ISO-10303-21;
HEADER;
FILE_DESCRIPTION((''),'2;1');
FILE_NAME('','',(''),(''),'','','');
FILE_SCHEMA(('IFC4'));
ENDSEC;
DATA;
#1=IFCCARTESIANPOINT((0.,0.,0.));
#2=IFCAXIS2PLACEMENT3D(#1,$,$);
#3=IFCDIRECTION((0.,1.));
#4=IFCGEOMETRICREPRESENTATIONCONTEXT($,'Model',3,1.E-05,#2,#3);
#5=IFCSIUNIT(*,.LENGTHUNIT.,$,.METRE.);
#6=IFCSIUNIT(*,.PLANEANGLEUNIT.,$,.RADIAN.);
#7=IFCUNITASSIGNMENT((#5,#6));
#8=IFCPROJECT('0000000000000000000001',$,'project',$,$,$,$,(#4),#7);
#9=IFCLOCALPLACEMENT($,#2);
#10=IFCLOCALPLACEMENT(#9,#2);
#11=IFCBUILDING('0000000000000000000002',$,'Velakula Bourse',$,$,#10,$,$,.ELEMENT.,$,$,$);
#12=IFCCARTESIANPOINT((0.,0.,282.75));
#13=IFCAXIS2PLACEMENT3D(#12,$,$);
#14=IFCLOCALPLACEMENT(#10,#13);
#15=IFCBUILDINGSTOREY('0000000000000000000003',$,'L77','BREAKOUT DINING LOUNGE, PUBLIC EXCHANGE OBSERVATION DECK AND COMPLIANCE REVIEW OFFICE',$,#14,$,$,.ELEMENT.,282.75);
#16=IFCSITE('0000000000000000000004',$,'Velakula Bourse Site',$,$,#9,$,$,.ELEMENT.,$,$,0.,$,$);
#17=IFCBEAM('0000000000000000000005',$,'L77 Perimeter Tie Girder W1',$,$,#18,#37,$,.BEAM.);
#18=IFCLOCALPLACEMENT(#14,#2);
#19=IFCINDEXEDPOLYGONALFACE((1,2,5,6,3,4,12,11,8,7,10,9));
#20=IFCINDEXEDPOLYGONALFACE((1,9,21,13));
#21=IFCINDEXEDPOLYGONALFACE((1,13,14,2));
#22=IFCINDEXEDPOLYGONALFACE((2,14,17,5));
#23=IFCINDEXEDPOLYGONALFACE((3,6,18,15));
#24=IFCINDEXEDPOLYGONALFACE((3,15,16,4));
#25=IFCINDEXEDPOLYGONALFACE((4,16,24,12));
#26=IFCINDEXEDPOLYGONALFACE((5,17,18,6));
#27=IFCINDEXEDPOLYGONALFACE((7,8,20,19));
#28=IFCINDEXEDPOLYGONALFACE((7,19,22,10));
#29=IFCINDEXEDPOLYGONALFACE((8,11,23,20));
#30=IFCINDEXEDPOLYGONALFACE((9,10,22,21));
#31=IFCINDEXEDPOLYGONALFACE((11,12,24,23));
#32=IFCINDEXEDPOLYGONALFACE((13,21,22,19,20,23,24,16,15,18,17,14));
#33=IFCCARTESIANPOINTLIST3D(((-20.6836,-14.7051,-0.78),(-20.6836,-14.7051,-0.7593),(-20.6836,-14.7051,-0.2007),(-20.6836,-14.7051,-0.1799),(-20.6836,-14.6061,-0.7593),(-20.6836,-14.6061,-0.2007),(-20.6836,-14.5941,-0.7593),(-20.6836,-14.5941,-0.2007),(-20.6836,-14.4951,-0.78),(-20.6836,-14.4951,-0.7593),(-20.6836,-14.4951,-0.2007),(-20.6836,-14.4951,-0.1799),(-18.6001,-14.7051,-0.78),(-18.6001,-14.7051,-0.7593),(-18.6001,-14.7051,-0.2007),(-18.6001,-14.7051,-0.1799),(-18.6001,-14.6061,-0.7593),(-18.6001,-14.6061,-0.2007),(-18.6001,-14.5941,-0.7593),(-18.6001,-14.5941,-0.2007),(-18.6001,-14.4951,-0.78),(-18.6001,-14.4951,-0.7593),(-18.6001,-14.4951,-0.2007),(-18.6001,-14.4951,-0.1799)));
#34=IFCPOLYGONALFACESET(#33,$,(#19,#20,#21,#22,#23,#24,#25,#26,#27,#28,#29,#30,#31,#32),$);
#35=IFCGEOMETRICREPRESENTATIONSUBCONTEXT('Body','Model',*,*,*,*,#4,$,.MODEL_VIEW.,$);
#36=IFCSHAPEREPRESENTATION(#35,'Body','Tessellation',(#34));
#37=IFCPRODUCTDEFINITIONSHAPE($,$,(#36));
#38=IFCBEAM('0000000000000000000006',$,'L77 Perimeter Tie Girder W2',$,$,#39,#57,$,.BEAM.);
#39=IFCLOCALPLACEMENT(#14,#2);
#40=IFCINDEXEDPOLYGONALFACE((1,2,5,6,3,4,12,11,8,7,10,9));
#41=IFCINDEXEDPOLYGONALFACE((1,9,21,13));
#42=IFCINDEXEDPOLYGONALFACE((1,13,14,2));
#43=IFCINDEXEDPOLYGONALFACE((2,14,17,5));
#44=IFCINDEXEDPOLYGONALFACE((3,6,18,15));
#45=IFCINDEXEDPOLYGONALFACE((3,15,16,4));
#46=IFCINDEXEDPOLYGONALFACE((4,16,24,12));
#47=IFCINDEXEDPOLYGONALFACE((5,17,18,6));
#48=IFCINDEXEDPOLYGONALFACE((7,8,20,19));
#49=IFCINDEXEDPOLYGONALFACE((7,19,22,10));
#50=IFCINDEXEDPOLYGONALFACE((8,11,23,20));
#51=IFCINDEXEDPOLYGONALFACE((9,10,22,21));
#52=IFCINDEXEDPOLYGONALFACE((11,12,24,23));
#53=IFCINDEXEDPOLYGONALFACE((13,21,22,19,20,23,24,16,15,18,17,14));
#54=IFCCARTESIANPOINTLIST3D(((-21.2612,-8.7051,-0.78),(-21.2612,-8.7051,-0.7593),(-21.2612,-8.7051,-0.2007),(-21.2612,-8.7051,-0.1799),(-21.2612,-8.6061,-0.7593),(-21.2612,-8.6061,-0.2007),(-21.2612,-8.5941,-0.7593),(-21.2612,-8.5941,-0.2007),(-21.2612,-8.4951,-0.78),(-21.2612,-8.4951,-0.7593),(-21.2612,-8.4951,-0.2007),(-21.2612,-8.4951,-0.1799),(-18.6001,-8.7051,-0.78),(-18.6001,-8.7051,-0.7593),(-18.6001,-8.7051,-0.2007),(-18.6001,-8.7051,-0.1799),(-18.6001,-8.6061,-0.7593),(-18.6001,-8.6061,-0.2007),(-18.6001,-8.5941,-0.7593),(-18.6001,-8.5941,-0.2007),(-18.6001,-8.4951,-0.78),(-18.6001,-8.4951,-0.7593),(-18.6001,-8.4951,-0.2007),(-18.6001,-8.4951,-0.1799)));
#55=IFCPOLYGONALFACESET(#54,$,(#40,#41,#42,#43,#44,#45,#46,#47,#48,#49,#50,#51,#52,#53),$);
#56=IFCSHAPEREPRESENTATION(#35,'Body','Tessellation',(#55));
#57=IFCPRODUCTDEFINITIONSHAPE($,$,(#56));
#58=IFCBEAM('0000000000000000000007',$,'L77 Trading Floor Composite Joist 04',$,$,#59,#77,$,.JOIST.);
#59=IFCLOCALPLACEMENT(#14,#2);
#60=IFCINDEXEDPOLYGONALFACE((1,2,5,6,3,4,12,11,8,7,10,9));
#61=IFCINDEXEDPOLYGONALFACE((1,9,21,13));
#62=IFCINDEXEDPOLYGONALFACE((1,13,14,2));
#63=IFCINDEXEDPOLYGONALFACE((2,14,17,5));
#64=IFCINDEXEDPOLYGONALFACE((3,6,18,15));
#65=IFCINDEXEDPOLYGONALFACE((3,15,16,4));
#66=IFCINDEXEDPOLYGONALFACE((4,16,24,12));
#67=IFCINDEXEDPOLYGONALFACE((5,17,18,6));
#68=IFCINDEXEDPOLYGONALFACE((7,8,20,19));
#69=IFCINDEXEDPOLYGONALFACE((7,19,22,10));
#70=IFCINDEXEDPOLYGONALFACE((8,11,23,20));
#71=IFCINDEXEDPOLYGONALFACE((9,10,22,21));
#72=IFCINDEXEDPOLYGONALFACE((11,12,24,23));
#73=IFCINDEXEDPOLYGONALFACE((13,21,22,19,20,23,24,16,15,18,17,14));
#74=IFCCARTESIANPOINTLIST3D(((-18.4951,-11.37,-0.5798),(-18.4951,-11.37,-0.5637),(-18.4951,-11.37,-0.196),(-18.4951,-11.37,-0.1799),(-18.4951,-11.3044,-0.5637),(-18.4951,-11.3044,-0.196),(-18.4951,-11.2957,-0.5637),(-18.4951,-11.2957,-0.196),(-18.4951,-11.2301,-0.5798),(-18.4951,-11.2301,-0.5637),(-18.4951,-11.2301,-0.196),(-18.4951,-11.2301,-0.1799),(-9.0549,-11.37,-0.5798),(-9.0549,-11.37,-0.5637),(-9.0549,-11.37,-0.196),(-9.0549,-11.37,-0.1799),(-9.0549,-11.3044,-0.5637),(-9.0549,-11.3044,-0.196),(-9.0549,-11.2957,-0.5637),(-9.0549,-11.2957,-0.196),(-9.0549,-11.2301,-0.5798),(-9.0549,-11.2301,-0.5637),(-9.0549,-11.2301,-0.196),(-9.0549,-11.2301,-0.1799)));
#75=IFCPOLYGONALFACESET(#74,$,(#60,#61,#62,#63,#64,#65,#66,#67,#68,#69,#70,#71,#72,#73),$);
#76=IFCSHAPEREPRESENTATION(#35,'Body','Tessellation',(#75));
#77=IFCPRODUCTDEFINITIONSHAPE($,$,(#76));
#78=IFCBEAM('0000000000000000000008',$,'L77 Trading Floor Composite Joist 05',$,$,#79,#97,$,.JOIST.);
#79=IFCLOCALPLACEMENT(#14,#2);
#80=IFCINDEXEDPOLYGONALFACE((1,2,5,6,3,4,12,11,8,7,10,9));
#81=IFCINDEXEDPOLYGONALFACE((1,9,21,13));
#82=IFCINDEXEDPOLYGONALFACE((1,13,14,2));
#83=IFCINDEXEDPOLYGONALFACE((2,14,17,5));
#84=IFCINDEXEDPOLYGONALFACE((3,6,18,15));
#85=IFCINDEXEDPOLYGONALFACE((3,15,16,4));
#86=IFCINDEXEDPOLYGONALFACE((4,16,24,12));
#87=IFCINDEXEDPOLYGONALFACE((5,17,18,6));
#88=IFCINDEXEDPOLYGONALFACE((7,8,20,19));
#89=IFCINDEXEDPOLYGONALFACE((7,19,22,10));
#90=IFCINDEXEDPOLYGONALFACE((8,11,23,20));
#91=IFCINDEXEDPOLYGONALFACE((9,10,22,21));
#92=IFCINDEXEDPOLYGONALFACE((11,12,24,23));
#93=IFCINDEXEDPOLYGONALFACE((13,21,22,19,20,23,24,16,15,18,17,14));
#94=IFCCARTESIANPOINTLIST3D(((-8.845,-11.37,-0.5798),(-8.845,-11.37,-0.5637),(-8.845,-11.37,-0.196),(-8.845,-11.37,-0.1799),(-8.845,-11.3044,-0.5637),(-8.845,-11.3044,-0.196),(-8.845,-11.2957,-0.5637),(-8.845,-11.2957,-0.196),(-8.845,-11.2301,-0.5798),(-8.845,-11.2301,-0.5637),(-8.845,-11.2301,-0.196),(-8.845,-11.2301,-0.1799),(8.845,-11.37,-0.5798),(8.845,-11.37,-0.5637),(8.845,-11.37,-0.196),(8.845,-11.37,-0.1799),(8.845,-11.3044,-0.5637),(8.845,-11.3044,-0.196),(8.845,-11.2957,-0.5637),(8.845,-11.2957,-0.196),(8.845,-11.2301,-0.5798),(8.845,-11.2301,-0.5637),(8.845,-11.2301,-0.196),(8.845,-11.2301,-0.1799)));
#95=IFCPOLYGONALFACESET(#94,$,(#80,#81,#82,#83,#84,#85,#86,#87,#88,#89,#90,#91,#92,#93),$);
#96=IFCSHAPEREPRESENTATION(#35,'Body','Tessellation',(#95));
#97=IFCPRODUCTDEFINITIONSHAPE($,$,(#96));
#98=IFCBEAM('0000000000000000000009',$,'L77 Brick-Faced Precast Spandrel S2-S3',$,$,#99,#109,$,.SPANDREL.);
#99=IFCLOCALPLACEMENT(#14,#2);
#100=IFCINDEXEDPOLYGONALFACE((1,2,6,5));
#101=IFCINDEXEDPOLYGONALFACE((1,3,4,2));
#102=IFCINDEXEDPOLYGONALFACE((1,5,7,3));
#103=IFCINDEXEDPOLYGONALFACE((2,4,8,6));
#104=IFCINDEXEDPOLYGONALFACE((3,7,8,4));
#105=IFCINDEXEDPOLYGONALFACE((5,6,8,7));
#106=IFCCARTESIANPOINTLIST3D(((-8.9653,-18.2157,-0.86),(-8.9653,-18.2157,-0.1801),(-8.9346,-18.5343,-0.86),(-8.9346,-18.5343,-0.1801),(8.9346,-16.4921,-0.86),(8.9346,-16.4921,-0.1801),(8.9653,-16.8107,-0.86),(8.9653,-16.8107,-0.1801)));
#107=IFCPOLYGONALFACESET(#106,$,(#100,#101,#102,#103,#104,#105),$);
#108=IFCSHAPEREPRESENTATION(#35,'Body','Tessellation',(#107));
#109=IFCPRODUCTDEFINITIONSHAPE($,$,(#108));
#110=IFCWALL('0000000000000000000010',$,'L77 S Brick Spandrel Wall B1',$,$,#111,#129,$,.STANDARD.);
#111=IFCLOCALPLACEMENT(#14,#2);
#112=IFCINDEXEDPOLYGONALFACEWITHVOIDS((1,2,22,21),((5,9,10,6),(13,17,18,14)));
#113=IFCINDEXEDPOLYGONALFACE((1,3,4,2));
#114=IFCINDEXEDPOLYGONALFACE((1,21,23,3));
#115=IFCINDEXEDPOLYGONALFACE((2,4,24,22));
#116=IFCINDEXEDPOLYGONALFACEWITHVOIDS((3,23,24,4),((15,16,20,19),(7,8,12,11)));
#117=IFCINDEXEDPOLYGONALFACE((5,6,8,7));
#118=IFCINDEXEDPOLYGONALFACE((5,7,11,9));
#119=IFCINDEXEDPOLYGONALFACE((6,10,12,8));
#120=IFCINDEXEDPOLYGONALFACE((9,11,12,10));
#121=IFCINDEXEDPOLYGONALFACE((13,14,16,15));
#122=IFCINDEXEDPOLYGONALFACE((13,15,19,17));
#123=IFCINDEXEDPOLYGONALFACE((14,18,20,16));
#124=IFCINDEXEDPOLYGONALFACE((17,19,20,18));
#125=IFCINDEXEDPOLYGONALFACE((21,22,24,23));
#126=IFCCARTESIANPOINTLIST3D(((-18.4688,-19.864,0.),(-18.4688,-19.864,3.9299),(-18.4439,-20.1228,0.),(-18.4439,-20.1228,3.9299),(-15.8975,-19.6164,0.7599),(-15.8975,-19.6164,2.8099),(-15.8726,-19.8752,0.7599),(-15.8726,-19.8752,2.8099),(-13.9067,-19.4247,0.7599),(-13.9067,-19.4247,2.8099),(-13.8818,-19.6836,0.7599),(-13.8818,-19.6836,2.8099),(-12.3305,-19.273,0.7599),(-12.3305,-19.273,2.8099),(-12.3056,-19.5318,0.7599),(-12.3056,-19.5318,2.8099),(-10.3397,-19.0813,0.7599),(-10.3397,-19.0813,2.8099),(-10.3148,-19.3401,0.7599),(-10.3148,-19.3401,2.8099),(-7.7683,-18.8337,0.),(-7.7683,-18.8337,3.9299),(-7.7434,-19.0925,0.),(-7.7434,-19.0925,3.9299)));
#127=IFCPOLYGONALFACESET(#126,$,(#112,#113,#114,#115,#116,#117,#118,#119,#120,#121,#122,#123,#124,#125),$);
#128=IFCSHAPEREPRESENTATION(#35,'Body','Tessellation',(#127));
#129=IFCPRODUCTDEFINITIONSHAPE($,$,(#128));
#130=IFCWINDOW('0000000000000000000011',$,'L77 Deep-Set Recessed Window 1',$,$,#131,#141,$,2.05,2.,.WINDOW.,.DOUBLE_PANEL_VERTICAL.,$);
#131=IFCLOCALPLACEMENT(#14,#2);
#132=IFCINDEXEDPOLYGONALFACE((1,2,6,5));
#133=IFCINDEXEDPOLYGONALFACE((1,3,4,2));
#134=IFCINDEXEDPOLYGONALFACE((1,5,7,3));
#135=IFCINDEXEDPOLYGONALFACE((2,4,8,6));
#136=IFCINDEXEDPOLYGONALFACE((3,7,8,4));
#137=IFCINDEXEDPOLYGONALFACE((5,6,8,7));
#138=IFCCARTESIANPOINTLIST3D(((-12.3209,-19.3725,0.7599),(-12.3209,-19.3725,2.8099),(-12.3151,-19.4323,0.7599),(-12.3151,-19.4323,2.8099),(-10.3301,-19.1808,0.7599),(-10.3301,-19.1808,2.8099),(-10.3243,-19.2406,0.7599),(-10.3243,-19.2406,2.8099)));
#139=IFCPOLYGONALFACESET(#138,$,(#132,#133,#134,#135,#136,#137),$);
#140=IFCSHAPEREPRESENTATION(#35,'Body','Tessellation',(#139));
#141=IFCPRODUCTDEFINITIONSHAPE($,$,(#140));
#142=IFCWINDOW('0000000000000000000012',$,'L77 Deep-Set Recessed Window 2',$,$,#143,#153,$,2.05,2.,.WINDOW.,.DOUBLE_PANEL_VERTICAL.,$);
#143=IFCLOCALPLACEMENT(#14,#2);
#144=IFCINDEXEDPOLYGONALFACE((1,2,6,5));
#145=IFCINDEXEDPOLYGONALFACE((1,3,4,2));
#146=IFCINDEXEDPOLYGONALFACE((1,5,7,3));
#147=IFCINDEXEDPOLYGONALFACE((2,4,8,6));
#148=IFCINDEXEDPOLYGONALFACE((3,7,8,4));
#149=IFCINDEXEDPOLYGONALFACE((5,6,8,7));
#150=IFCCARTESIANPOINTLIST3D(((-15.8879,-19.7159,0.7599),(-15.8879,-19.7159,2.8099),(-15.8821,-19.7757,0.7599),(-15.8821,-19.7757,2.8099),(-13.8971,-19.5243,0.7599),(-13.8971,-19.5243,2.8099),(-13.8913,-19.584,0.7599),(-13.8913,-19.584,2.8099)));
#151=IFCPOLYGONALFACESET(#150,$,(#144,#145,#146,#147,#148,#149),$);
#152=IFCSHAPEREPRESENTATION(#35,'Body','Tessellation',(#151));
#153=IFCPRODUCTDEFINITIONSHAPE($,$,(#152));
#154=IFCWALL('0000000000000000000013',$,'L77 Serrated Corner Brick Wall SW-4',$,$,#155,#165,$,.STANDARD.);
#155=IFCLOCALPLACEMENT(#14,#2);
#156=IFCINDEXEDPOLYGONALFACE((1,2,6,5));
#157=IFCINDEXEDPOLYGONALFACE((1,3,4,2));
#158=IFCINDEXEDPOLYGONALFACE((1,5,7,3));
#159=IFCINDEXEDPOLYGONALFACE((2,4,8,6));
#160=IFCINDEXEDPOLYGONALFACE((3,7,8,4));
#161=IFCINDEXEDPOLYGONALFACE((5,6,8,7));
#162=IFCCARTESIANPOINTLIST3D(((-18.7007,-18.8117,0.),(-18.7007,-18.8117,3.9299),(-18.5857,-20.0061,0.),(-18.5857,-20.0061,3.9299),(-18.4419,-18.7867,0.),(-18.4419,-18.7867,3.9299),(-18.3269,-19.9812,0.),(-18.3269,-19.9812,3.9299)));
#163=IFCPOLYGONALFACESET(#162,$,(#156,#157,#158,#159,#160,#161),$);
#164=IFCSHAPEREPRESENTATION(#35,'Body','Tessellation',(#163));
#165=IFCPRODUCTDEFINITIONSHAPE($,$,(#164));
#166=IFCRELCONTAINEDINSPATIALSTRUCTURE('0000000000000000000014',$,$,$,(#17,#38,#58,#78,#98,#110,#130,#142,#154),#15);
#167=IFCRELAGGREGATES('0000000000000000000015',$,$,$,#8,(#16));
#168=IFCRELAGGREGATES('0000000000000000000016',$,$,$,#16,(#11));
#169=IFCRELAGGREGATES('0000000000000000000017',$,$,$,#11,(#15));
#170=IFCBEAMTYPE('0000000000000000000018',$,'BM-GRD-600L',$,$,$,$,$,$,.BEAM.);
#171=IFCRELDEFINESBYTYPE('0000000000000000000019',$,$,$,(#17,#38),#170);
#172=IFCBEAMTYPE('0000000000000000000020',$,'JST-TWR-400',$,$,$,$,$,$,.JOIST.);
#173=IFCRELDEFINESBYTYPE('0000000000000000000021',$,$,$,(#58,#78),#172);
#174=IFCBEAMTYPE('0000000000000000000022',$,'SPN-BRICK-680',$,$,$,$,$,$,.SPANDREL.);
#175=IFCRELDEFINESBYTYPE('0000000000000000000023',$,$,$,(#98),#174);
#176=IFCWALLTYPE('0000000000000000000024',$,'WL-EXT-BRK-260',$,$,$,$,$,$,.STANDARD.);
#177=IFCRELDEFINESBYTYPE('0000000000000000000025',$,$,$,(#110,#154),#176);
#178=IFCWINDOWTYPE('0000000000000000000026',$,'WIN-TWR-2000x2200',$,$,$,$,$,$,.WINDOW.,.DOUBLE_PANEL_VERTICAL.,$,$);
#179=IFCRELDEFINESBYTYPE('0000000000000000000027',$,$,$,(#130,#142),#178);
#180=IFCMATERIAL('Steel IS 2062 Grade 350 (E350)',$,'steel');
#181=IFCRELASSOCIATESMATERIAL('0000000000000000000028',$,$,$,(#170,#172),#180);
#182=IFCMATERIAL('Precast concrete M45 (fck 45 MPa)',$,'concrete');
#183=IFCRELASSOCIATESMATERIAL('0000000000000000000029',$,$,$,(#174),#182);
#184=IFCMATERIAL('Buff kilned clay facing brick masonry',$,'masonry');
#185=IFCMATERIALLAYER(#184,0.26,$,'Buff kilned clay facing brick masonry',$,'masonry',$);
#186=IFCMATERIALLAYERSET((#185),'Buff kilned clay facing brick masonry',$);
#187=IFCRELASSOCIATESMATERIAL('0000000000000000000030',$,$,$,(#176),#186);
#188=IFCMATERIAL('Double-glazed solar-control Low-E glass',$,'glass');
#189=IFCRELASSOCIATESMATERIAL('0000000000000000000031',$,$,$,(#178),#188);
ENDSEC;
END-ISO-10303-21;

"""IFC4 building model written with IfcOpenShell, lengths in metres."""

from ifc_helpers import new_model, si_unit, direction, frame, frame_2d, origin, origin_2d, place, context, subcontext, project, spatial, rectangle, i_section, extrude, material, layer, layer_set, material_profile, profile_set, type_object, element, fill, save


model = new_model("IFC4")

# Units and contexts
model_context = context("Model", 3, precision=1e-05, world=origin(), true_north=direction((0.0, 1.0)))
body_context = subcontext(model_context, "Body", "Model", "MODEL_VIEW")
ifc_project = project(units=[si_unit("LENGTHUNIT", "METRE"), si_unit("PLANEANGLEUNIT", "RADIAN")], contexts=[model_context])

# Site, building, storey
site_placement = place(None, origin())
site = spatial("IfcSite", under=ifc_project, at=site_placement, Name="Velakula Bourse Site", CompositionType="ELEMENT", RefElevation=0.0)
building_placement = place(site_placement, origin())
building = spatial("IfcBuilding", under=site, at=building_placement, Name="Velakula Bourse", CompositionType="ELEMENT")
storey_placement = place(building_placement, frame((0.0, 0.0, 282.75)))
storey = spatial("IfcBuildingStorey", under=building, at=storey_placement, Name="L77", Description="BREAKOUT DINING LOUNGE, PUBLIC EXCHANGE OBSERVATION DECK AND COMPLIANCE REVIEW OFFICE", CompositionType="ELEMENT", Elevation=282.75)

# Shared definitions
ifc_material_1 = material(Name="Steel IS 2062 Grade 350 (E350)", Category="steel")

# Beams
ifc_material_profile_1 = material_profile(ifc_material_1, i_section(OverallWidth=0.21, OverallDepth=0.6001, WebThickness=0.012, FlangeThickness=0.0208, at=origin_2d()), Name="Steel IS 2062 Grade 350 (E350)")
ifc_profile_set_1 = profile_set([ifc_material_profile_1], Name="Steel IS 2062 Grade 350 (E350)")
beam_type_1 = type_object("IfcBeamType", Name="BM-GRD-600L", PredefinedType="BEAM", material=ifc_profile_set_1)
beam_1_placement = place(storey_placement, frame((-18.6001, -14.6001, -0.48), z_axis=(-1.0, 0.0, 0.0), x_axis=(0.0, -1.0, 0.0)))
element("IfcBeam", 1, at=beam_1_placement, inside=storey, type_object=beam_type_1, Name="L77 Perimeter Tie Girder W1", PredefinedType="BEAM", context=body_context, shape_type="SweptSolid", body=[
    extrude(i_section(OverallWidth=0.21, OverallDepth=0.6001, WebThickness=0.012, FlangeThickness=0.0208, at=origin_2d()), origin(), (0.0, 0.0, 1.0), 2.0835),
])
beam_2_placement = place(storey_placement, frame((-18.6001, -8.6001, -0.48), z_axis=(-1.0, 0.0, 0.0), x_axis=(0.0, -1.0, 0.0)))
element("IfcBeam", 2, at=beam_2_placement, inside=storey, type_object=beam_type_1, Name="L77 Perimeter Tie Girder W2", PredefinedType="BEAM", context=body_context, shape_type="SweptSolid", body=[
    extrude(i_section(OverallWidth=0.21, OverallDepth=0.6001, WebThickness=0.012, FlangeThickness=0.0208, at=origin_2d()), origin(), (0.0, 0.0, 1.0), 2.6611),
])
ifc_material_profile_2 = material_profile(ifc_material_1, i_section(OverallWidth=0.1399, OverallDepth=0.3999, WebThickness=0.0088, FlangeThickness=0.0161, at=origin_2d()), Name="Steel IS 2062 Grade 350 (E350)")
ifc_profile_set_2 = profile_set([ifc_material_profile_2], Name="Steel IS 2062 Grade 350 (E350)")
beam_type_2 = type_object("IfcBeamType", Name="JST-TWR-400", PredefinedType="JOIST", material=ifc_profile_set_2)
beam_3_placement = place(storey_placement, frame((-18.4951, -11.3, -0.3799), z_axis=(1.0, 0.0, 0.0), x_axis=(0.0, 1.0, 0.0)))
element("IfcBeam", 3, at=beam_3_placement, inside=storey, type_object=beam_type_2, Name="L77 Trading Floor Composite Joist 04", PredefinedType="JOIST", context=body_context, shape_type="SweptSolid", body=[
    extrude(i_section(OverallWidth=0.1399, OverallDepth=0.3999, WebThickness=0.0088, FlangeThickness=0.0161, at=origin_2d()), origin(), (0.0, 0.0, 1.0), 9.4402),
])
beam_4_placement = place(storey_placement, frame((-8.845, -11.3, -0.3799), z_axis=(1.0, 0.0, 0.0), x_axis=(0.0, 1.0, 0.0)))
element("IfcBeam", 4, at=beam_4_placement, inside=storey, type_object=beam_type_2, Name="L77 Trading Floor Composite Joist 05", PredefinedType="JOIST", context=body_context, shape_type="SweptSolid", body=[
    extrude(i_section(OverallWidth=0.1399, OverallDepth=0.3999, WebThickness=0.0088, FlangeThickness=0.0161, at=origin_2d()), origin(), (0.0, 0.0, 1.0), 17.6899),
])
ifc_material_2 = material(Name="Precast concrete M45 (fck 45 MPa)", Category="concrete")
ifc_material_profile_3 = material_profile(ifc_material_2, rectangle(XDim=0.3201, YDim=0.6799, at=origin_2d()), Name="Precast concrete M45 (fck 45 MPa)")
ifc_profile_set_3 = profile_set([ifc_material_profile_3], Name="Precast concrete M45 (fck 45 MPa)")
beam_type_3 = type_object("IfcBeamType", Name="SPN-BRICK-680", PredefinedType="SPANDREL", material=ifc_profile_set_3)
beam_5_placement = place(storey_placement, frame((-8.95, -18.375, -0.52), z_axis=(0.995396, 0.09585, 0.0), x_axis=(-0.09585, 0.995396, 0.0)))
element("IfcBeam", 5, at=beam_5_placement, inside=storey, type_object=beam_type_3, Name="L77 Brick-Faced Precast Spandrel S2-S3", PredefinedType="SPANDREL", context=body_context, shape_type="SweptSolid", body=[
    extrude(rectangle(XDim=0.3201, YDim=0.6799, at=origin_2d()), origin(), (0.0, 0.0, 1.0), 17.9827),
])

# Wall, openings, windows
ifc_material_3 = material(Name="Buff kilned clay facing brick masonry", Category="masonry")
ifc_layer_1 = layer(ifc_material_3, 0.26, Name="Buff kilned clay facing brick masonry", Category="masonry")
ifc_layer_set_1 = layer_set([ifc_layer_1], Name="Buff kilned clay facing brick masonry")
wall_type_1 = type_object("IfcWallType", Name="WL-EXT-BRK-260", PredefinedType="STANDARD", material=ifc_layer_set_1)
wall_1_placement = place(storey_placement, frame((-7.7559, -18.9631, 0.0), z_axis=(0.0, 0.0, 1.0), x_axis=(-0.995397, -0.09584, 0.0)))
wall_1 = element("IfcWall", 6, at=wall_1_placement, inside=storey, type_object=wall_type_1, Name="L77 S Brick Spandrel Wall B1", PredefinedType="STANDARD", context=body_context, shape_type="SweptSolid", body=[
    extrude(rectangle(XDim=10.75, YDim=0.26, at=frame_2d((5.375, 0.0))), origin(), (0.0, 0.0, 1.0), 3.9299),
])
opening_1_placement = place(wall_1_placement, frame((2.5833, 0.0, 0.76)))
opening_1 = element("IfcOpeningElement", 7, at=opening_1_placement, cuts=wall_1, PredefinedType="OPENING", context=body_context, shape_type="SweptSolid", body=[
    extrude(rectangle(XDim=2.0, YDim=2.05, at=frame_2d((1.0, 1.0249))), frame((0.0, 0.1399, 0.0), z_axis=(0.0, -1.0, 0.0), x_axis=(1.0, 0.0, 0.0)), (0.0, 0.0, 1.0), 0.28),
])
opening_2_placement = place(wall_1_placement, frame((6.1667, 0.0, 0.76)))
opening_2 = element("IfcOpeningElement", 8, at=opening_2_placement, cuts=wall_1, PredefinedType="OPENING", context=body_context, shape_type="SweptSolid", body=[
    extrude(rectangle(XDim=2.0, YDim=2.05, at=frame_2d((1.0, 1.0249))), frame((0.0, 0.1399, 0.0), z_axis=(0.0, -1.0, 0.0), x_axis=(1.0, 0.0, 0.0)), (0.0, 0.0, 1.0), 0.28),
])
ifc_material_4 = material(Name="Double-glazed solar-control Low-E glass", Category="glass")
window_type = type_object("IfcWindowType", Name="WIN-TWR-2000x2200", PartitioningType="DOUBLE_PANEL_VERTICAL", PredefinedType="WINDOW", material=ifc_material_4)
window_1_placement = place(opening_1_placement, origin())
window_1 = element("IfcWindow", 9, at=window_1_placement, inside=storey, type_object=window_type, Name="L77 Deep-Set Recessed Window 1", OverallHeight=2.05, OverallWidth=2.0, PartitioningType="DOUBLE_PANEL_VERTICAL", PredefinedType="WINDOW", context=body_context, shape_type="SweptSolid", body=[
    extrude(rectangle(XDim=2.0, YDim=2.05, at=frame_2d((1.0, 1.0249))), frame((0.0, 0.03, 0.0), z_axis=(0.0, -1.0, 0.0), x_axis=(1.0, 0.0, 0.0)), (0.0, 0.0, 1.0), 0.0601),
])
fill(opening_1, window_1)
window_2_placement = place(opening_2_placement, origin())
window_2 = element("IfcWindow", 10, at=window_2_placement, inside=storey, type_object=window_type, Name="L77 Deep-Set Recessed Window 2", OverallHeight=2.05, OverallWidth=2.0, PartitioningType="DOUBLE_PANEL_VERTICAL", PredefinedType="WINDOW", context=body_context, shape_type="SweptSolid", body=[
    extrude(rectangle(XDim=2.0, YDim=2.05, at=frame_2d((1.0, 1.0249))), frame((0.0, 0.03, 0.0), z_axis=(0.0, -1.0, 0.0), x_axis=(1.0, 0.0, 0.0)), (0.0, 0.0, 1.0), 0.0601),
])
fill(opening_2, window_2)

# Wall
wall_2_placement = place(storey_placement, frame((-18.5713, -18.7991, 0.0), z_axis=(0.0, 0.0, 1.0), x_axis=(0.095836, -0.995397, 0.0)))
element("IfcWall", 11, at=wall_2_placement, inside=storey, type_object=wall_type_1, Name="L77 Serrated Corner Brick Wall SW-4", PredefinedType="STANDARD", context=body_context, shape_type="SweptSolid", body=[
    extrude(rectangle(XDim=1.2, YDim=0.26, at=frame_2d((0.6001, 0.0))), origin(), (0.0, 0.0, 1.0), 3.9299),
])

save(model, "model.ifc")
